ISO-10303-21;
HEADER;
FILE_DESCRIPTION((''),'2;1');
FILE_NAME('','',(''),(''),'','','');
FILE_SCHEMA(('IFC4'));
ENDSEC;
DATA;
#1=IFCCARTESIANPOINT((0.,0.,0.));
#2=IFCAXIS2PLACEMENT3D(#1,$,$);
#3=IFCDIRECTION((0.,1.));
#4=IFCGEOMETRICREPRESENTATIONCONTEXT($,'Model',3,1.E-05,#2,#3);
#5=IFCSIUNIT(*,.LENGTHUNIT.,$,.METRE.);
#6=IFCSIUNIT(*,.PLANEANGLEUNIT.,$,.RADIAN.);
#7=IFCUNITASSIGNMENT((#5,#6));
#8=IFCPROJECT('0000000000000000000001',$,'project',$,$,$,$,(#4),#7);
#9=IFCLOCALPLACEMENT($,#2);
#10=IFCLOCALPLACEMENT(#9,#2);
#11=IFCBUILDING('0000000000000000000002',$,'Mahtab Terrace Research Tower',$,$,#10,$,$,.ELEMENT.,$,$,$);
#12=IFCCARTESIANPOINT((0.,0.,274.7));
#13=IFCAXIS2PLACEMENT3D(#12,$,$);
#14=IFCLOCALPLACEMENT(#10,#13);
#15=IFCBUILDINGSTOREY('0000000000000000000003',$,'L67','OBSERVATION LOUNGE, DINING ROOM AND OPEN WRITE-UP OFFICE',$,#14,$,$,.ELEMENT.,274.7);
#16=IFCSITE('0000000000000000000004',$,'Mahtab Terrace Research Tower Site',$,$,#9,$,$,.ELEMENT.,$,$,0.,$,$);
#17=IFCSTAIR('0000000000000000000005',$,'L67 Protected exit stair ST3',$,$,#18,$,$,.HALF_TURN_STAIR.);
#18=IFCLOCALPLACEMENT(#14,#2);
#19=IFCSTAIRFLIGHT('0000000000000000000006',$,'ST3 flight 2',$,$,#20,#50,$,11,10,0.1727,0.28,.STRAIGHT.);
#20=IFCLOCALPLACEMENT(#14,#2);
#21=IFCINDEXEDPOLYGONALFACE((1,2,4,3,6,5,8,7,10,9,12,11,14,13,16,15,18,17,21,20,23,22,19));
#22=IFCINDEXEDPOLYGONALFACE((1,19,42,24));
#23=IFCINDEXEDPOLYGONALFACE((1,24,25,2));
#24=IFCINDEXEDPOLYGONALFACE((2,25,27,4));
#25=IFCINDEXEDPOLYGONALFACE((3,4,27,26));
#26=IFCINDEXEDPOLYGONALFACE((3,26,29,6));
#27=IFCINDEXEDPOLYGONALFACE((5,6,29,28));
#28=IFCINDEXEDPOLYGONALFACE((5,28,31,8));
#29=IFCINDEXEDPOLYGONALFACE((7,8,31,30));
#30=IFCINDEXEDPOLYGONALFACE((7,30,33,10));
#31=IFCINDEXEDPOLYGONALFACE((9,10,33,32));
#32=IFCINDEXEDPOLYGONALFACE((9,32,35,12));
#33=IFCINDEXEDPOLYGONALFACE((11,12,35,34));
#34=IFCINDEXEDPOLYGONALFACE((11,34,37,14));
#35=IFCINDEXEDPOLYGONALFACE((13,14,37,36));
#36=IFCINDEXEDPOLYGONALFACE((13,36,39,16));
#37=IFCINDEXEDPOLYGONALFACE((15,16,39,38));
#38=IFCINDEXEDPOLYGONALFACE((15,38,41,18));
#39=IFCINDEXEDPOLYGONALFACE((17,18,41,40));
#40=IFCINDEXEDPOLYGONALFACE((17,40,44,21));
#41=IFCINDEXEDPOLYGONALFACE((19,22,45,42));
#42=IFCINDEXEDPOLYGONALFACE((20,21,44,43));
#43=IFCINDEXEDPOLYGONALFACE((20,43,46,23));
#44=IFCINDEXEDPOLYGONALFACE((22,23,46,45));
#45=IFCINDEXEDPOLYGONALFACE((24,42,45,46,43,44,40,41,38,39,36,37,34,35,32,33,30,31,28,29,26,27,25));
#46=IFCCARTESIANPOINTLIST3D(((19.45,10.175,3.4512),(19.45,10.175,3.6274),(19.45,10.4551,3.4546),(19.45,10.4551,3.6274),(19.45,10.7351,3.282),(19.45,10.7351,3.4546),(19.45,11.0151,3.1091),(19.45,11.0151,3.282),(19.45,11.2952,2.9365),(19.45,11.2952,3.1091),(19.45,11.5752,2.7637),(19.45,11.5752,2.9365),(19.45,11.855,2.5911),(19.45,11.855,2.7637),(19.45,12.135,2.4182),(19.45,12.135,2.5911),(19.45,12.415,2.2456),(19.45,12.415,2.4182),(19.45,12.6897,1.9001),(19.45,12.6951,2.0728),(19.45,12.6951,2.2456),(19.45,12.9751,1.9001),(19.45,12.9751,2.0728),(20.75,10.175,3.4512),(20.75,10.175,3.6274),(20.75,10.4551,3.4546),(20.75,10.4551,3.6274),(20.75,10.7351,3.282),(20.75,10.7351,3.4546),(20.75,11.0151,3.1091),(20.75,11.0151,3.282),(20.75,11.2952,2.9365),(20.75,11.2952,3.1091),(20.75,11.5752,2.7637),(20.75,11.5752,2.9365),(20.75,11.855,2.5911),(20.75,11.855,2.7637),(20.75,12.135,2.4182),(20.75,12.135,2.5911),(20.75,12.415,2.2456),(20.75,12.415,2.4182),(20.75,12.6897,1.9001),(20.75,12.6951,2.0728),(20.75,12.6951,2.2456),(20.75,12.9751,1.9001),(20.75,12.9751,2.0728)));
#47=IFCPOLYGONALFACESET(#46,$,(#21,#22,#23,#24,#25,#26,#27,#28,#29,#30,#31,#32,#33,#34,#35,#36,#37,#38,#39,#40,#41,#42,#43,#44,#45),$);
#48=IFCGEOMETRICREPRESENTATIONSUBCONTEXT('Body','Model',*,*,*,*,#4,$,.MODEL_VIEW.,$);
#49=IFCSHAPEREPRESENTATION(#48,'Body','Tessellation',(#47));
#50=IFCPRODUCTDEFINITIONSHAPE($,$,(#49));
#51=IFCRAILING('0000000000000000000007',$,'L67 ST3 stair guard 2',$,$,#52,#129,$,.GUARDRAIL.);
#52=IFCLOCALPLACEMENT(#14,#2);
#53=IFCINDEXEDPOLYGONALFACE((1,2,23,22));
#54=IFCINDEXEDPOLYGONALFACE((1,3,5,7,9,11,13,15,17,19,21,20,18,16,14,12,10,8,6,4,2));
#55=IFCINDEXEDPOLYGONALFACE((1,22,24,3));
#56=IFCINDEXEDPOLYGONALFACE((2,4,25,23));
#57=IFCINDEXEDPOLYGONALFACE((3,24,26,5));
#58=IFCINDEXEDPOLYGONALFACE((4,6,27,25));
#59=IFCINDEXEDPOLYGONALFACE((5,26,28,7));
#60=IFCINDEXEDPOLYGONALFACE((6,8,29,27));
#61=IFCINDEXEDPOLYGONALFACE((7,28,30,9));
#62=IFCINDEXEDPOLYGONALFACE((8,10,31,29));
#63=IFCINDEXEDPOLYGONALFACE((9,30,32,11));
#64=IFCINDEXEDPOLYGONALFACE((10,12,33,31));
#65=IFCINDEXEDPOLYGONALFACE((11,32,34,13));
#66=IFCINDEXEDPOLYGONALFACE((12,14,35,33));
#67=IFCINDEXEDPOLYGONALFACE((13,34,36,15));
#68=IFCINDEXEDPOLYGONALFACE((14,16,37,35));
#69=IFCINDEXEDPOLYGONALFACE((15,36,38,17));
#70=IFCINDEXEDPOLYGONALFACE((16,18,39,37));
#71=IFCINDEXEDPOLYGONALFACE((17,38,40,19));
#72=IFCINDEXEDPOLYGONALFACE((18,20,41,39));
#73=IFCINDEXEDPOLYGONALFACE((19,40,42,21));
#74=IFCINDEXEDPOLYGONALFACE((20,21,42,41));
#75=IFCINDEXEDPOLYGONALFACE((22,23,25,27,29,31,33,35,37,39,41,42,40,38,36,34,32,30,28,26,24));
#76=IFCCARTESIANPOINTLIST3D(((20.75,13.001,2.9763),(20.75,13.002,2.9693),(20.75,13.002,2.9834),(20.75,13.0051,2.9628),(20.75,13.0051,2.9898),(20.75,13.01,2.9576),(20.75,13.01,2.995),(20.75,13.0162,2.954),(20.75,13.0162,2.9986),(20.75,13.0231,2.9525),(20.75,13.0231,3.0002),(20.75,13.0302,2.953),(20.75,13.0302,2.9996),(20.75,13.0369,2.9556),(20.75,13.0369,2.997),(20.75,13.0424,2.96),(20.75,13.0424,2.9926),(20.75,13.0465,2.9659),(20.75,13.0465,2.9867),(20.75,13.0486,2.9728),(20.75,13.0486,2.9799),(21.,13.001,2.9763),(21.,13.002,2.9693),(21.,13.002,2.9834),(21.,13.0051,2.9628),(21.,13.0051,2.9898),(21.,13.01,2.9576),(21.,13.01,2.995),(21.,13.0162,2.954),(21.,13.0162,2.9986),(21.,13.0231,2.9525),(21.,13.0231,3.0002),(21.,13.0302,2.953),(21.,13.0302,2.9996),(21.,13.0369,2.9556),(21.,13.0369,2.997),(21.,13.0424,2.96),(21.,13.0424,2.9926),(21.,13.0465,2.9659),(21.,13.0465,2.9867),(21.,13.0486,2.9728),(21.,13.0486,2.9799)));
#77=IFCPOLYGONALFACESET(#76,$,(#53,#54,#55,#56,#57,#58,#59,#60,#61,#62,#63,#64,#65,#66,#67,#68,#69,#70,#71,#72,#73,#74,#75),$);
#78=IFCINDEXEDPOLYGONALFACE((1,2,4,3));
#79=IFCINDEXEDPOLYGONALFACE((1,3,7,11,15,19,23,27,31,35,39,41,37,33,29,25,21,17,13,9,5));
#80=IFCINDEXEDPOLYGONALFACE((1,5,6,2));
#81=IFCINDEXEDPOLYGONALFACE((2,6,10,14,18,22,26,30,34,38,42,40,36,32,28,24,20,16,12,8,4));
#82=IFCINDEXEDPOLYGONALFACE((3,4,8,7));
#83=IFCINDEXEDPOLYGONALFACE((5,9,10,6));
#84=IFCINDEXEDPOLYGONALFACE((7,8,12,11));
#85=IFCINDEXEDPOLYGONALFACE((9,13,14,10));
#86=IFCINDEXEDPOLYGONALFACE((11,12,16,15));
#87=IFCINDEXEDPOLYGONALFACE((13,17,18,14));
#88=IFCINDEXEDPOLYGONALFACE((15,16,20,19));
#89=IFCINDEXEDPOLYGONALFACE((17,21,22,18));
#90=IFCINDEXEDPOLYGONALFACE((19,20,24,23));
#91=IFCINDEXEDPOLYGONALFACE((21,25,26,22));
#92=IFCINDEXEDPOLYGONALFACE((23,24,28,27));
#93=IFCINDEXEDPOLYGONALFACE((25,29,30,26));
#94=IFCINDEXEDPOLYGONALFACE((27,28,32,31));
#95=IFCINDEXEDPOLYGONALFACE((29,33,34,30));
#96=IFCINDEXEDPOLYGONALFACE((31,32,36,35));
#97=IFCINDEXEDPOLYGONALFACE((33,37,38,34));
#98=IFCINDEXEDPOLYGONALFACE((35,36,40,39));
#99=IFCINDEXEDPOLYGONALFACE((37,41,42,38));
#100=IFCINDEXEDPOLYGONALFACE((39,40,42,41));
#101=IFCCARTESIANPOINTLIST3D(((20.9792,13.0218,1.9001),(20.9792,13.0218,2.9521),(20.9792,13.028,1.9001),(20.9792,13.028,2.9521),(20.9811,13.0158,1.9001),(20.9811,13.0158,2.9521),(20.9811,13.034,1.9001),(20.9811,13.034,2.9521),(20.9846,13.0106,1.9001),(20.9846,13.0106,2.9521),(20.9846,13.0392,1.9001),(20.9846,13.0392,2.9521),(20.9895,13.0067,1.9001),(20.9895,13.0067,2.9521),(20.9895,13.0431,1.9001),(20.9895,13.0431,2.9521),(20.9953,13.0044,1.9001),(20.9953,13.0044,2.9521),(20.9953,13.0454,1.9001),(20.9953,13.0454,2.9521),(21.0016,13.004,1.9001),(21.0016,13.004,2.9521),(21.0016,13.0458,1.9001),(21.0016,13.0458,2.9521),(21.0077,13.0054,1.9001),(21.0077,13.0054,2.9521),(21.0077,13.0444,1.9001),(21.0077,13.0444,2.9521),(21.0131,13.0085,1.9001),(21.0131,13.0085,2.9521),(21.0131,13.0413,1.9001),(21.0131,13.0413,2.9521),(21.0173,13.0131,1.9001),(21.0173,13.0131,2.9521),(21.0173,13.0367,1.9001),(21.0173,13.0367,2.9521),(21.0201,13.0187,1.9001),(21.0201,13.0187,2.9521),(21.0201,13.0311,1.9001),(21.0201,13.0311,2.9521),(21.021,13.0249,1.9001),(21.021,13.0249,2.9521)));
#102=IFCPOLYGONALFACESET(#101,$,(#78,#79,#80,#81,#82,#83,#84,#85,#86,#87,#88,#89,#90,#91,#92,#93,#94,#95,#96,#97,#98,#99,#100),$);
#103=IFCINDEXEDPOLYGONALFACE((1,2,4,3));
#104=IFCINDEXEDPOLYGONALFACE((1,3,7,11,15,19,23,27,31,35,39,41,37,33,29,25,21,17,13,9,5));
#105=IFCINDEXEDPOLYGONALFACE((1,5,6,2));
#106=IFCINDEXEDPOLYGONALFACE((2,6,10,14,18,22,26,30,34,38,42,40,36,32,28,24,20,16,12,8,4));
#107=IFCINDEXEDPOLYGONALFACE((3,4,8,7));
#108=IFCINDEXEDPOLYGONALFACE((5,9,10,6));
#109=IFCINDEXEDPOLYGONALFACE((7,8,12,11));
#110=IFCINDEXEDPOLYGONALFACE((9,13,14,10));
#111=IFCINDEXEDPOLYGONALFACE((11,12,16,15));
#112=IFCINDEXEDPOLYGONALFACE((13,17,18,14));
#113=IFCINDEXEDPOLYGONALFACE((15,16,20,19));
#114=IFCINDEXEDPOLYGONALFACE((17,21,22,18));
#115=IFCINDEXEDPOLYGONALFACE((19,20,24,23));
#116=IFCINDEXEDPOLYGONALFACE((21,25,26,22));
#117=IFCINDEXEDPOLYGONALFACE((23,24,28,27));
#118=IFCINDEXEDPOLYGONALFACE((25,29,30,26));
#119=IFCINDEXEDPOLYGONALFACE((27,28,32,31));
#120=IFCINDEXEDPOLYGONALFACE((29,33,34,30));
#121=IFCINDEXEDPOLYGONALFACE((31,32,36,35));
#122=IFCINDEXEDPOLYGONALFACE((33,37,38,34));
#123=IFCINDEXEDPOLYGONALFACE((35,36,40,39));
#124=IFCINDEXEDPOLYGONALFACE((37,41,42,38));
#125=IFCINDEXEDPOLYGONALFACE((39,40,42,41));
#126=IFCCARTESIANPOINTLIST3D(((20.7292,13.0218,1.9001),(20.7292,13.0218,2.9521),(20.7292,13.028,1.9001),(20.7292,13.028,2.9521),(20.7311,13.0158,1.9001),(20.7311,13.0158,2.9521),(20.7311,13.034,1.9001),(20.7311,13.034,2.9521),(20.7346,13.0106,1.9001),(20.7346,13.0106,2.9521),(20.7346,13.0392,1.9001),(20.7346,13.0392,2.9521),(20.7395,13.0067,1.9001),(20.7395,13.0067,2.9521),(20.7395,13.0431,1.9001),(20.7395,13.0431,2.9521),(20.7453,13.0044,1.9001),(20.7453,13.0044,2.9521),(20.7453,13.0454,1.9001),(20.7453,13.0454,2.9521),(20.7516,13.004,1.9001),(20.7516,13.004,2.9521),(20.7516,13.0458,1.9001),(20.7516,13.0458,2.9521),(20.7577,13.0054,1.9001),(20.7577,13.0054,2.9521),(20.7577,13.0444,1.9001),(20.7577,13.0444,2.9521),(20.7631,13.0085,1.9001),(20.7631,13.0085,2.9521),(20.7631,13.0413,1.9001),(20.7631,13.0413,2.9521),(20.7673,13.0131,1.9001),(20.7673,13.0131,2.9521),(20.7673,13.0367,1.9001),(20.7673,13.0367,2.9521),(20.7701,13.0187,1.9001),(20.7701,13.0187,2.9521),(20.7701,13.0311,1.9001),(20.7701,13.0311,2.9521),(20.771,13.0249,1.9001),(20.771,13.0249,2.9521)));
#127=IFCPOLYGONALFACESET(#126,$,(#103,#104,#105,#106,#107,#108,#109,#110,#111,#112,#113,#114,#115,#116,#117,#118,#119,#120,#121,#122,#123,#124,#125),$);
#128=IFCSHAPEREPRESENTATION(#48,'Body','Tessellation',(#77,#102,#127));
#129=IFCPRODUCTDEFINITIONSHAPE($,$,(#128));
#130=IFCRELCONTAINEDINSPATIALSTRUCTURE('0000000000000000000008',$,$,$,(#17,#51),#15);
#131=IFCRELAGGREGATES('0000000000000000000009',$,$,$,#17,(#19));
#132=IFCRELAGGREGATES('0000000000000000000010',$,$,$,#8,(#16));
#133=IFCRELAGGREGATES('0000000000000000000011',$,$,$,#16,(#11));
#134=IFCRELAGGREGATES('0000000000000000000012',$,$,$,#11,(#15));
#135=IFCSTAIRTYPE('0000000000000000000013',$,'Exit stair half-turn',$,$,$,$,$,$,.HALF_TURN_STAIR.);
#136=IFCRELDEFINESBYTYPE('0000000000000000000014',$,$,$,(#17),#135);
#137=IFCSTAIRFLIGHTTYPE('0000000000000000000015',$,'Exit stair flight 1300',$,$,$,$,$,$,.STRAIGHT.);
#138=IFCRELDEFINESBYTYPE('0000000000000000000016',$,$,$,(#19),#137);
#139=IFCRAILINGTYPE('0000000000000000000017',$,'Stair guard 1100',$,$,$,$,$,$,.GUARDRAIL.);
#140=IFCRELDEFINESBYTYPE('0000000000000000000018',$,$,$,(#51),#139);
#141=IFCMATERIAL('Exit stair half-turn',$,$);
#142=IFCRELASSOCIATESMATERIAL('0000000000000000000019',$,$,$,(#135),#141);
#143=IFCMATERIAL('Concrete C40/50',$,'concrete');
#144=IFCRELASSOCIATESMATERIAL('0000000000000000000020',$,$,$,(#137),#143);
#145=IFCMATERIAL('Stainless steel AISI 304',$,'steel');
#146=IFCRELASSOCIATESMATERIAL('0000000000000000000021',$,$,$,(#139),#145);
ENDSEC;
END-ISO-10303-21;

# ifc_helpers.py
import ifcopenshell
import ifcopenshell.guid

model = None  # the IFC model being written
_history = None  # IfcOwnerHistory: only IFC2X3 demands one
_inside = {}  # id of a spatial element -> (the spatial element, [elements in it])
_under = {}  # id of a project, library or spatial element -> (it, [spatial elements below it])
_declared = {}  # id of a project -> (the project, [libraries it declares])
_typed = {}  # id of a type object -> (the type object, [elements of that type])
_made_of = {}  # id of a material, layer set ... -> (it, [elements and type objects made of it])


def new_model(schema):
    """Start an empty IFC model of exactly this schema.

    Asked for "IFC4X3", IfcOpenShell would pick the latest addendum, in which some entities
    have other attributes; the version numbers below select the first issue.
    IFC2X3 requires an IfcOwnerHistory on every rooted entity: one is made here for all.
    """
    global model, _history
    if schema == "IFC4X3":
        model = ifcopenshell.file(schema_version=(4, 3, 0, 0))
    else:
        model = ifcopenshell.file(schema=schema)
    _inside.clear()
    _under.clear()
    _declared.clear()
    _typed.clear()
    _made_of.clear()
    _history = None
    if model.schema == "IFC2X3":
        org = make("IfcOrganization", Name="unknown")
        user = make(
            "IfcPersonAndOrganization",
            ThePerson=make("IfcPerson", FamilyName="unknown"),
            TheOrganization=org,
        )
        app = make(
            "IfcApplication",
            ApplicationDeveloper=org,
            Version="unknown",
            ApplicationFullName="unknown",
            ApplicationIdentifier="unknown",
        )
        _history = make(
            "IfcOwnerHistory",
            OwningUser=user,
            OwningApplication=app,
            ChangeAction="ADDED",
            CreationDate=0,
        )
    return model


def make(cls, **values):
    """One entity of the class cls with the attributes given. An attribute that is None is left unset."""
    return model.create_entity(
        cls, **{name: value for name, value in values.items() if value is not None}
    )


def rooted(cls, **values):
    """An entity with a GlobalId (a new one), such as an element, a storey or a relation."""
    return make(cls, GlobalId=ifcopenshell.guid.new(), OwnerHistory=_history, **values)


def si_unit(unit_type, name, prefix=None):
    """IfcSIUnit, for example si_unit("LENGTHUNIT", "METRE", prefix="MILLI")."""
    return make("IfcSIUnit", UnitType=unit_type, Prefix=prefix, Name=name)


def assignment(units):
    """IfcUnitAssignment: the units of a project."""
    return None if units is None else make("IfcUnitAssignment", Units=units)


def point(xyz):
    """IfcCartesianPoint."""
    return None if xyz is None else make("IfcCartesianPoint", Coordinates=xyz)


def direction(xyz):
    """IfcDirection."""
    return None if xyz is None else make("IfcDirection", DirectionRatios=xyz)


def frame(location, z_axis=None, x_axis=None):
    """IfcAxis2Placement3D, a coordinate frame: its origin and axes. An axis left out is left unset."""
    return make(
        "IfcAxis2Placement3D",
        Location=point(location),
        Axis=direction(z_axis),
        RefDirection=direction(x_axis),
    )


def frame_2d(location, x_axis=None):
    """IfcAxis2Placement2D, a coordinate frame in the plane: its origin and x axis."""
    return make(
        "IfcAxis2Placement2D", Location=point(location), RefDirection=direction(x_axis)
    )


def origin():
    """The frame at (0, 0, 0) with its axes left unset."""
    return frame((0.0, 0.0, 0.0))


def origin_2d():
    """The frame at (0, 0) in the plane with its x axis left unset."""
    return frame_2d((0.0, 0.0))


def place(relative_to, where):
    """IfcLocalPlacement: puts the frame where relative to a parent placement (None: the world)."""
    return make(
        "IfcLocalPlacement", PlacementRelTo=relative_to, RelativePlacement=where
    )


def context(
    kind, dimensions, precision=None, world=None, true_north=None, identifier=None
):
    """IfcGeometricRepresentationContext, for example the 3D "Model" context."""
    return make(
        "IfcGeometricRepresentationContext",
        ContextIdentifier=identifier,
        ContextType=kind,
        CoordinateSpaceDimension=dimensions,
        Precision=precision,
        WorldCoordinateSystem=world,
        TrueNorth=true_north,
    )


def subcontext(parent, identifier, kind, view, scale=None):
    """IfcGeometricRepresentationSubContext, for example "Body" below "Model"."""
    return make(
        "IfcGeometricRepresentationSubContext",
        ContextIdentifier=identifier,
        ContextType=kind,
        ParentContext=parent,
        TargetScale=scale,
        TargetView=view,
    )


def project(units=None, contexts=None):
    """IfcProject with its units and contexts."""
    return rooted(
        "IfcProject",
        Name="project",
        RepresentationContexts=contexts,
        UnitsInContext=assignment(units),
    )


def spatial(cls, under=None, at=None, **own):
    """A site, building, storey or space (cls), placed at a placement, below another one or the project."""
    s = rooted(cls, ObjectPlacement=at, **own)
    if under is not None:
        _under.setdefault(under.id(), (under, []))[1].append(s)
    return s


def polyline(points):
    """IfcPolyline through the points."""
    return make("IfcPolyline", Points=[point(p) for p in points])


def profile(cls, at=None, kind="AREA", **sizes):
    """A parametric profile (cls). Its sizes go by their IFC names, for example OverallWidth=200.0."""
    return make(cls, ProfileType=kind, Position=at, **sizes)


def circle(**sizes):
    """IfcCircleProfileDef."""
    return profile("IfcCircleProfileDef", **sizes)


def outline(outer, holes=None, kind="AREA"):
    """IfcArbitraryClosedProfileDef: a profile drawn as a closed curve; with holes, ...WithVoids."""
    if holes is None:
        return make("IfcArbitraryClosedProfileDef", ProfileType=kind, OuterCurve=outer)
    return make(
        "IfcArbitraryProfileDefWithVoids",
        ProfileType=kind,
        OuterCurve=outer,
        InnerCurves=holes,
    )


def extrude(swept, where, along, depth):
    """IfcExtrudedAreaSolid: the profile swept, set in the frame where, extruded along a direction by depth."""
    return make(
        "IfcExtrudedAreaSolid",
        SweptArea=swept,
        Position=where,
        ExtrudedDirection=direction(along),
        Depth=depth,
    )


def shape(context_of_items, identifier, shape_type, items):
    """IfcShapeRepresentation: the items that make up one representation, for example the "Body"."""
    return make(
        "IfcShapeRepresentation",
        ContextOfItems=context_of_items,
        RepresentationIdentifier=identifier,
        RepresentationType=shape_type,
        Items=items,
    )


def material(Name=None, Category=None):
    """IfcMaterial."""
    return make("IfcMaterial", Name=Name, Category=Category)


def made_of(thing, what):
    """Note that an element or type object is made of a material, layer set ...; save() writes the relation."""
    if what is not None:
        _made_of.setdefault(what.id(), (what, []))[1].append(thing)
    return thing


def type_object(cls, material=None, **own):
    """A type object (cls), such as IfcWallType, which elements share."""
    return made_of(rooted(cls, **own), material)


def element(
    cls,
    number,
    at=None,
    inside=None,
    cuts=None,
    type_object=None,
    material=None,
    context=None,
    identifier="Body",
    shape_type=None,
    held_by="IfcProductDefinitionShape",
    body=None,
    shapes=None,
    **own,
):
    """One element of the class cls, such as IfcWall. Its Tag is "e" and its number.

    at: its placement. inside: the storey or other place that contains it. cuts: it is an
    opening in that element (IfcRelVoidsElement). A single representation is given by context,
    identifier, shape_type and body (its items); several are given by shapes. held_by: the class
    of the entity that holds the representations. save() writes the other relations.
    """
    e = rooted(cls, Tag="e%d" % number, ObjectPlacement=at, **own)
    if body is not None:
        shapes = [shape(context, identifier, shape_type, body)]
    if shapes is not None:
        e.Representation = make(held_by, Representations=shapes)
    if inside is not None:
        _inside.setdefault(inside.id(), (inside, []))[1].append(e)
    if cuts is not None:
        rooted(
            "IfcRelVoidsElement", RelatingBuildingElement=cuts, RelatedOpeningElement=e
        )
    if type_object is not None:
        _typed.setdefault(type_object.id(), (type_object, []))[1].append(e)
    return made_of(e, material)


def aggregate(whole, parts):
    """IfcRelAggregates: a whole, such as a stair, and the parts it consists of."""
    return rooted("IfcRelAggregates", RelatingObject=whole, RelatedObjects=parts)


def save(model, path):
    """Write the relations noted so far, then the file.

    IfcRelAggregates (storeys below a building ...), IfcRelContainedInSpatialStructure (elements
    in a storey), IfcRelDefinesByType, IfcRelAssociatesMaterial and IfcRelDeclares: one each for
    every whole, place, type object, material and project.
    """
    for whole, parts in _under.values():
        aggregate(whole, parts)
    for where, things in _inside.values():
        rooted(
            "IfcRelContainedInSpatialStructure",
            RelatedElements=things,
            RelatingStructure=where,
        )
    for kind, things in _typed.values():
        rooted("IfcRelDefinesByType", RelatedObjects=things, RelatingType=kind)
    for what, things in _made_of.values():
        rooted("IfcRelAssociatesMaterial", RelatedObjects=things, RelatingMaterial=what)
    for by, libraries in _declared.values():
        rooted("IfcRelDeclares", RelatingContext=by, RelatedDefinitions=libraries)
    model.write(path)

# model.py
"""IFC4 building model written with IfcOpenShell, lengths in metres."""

from ifc_helpers import new_model, si_unit, direction, frame, origin, origin_2d, place, context, subcontext, project, spatial, polyline, circle, outline, extrude, material, type_object, element, aggregate, save


model = new_model("IFC4")

# Units and contexts
model_context = context("Model", 3, precision=1e-05, world=origin(), true_north=direction((0.0, 1.0)))
body_context = subcontext(model_context, "Body", "Model", "MODEL_VIEW")
ifc_project = project(units=[si_unit("LENGTHUNIT", "METRE"), si_unit("PLANEANGLEUNIT", "RADIAN")], contexts=[model_context])

# Site, building, storey
site_placement = place(None, origin())
site = spatial("IfcSite", under=ifc_project, at=site_placement, Name="Mahtab Terrace Research Tower Site", CompositionType="ELEMENT", RefElevation=0.0)
building_placement = place(site_placement, origin())
building = spatial("IfcBuilding", under=site, at=building_placement, Name="Mahtab Terrace Research Tower", CompositionType="ELEMENT")
storey_placement = place(building_placement, frame((0.0, 0.0, 274.7)))
storey = spatial("IfcBuildingStorey", under=building, at=storey_placement, Name="L67", Description="OBSERVATION LOUNGE, DINING ROOM AND OPEN WRITE-UP OFFICE", CompositionType="ELEMENT", Elevation=274.7)

# Shared definitions
ifc_material_1 = material(Name="Stainless steel AISI 304", Category="steel")

# Stair, stair flight
ifc_material_2 = material(Name="Exit stair half-turn")
stair_type = type_object("IfcStairType", Name="Exit stair half-turn", PredefinedType="HALF_TURN_STAIR", material=ifc_material_2)
stair_placement = place(storey_placement, origin())
stair = element("IfcStair", 1, at=stair_placement, inside=storey, type_object=stair_type, Name="L67 Protected exit stair ST3", PredefinedType="HALF_TURN_STAIR")
ifc_material_3 = material(Name="Concrete C40/50", Category="concrete")
stair_flight_type = type_object("IfcStairFlightType", Name="Exit stair flight 1300", PredefinedType="STRAIGHT", material=ifc_material_3)
stair_flight_placement = place(storey_placement, frame((20.1001, 12.9751, 1.9001), z_axis=(0.0, 0.0, 1.0), x_axis=(0.0, -1.0, 0.0)))
stair_flight = element("IfcStairFlight", 2, at=stair_flight_placement, type_object=stair_flight_type, Name="ST3 flight 2", NumberOfRisers=11, NumberOfTreads=10, PredefinedType="STRAIGHT", RiserHeight=0.1727, TreadLength=0.28, context=body_context, shape_type="SweptSolid", body=[
    extrude(outline(polyline([(0.0, 0.0), (0.0, 0.1726), (0.28, 0.1726), (0.28, 0.3455), (0.5601, 0.3455), (0.5601, 0.5181), (0.8401, 0.5181), (0.8401, 0.6909), (1.1201, 0.6909), (1.1201, 0.8635), (1.3999, 0.8635), (1.3999, 1.0364), (1.6799, 1.0364), (1.6799, 1.209), (1.96, 1.209), (1.96, 1.3818), (2.24, 1.3818), (2.24, 1.5544), (2.52, 1.5544), (2.52, 1.7273), (2.8, 1.7273), (2.8, 1.8999), (2.8, 1.551), (0.2854, 0.0), (0.0, 0.0)])), frame((0.0, 0.6499, 0.0), z_axis=(0.0, -1.0, 0.0), x_axis=(1.0, 0.0, 0.0)), (0.0, 0.0, 1.0), 1.3),
])
aggregate(stair, [stair_flight])

# Railing
railing_type = type_object("IfcRailingType", Name="Stair guard 1100", PredefinedType="GUARDRAIL", material=ifc_material_1)
railing_1_placement = place(storey_placement, frame((21.0, 13.0249, 1.9001)))
element("IfcRailing", 3, at=railing_1_placement, inside=storey, type_object=railing_type, Name="L67 ST3 stair guard 2", PredefinedType="GUARDRAIL", context=body_context, shape_type="SweptSolid", body=[
    extrude(circle(Radius=0.0239, at=origin_2d()), frame((0.0, 0.0, 1.0762), z_axis=(-1.0, 0.0, 0.0), x_axis=(0.0, -1.0, 0.0)), (0.0, 0.0, 1.0), 0.25),
    extrude(circle(Radius=0.021, at=origin_2d()), origin(), (0.0, 0.0, 1.0), 1.052),
    extrude(circle(Radius=0.021, at=origin_2d()), frame((-0.25, 0.0, 0.0)), (0.0, 0.0, 1.0), 1.052),
])

save(model, "model.ifc")
